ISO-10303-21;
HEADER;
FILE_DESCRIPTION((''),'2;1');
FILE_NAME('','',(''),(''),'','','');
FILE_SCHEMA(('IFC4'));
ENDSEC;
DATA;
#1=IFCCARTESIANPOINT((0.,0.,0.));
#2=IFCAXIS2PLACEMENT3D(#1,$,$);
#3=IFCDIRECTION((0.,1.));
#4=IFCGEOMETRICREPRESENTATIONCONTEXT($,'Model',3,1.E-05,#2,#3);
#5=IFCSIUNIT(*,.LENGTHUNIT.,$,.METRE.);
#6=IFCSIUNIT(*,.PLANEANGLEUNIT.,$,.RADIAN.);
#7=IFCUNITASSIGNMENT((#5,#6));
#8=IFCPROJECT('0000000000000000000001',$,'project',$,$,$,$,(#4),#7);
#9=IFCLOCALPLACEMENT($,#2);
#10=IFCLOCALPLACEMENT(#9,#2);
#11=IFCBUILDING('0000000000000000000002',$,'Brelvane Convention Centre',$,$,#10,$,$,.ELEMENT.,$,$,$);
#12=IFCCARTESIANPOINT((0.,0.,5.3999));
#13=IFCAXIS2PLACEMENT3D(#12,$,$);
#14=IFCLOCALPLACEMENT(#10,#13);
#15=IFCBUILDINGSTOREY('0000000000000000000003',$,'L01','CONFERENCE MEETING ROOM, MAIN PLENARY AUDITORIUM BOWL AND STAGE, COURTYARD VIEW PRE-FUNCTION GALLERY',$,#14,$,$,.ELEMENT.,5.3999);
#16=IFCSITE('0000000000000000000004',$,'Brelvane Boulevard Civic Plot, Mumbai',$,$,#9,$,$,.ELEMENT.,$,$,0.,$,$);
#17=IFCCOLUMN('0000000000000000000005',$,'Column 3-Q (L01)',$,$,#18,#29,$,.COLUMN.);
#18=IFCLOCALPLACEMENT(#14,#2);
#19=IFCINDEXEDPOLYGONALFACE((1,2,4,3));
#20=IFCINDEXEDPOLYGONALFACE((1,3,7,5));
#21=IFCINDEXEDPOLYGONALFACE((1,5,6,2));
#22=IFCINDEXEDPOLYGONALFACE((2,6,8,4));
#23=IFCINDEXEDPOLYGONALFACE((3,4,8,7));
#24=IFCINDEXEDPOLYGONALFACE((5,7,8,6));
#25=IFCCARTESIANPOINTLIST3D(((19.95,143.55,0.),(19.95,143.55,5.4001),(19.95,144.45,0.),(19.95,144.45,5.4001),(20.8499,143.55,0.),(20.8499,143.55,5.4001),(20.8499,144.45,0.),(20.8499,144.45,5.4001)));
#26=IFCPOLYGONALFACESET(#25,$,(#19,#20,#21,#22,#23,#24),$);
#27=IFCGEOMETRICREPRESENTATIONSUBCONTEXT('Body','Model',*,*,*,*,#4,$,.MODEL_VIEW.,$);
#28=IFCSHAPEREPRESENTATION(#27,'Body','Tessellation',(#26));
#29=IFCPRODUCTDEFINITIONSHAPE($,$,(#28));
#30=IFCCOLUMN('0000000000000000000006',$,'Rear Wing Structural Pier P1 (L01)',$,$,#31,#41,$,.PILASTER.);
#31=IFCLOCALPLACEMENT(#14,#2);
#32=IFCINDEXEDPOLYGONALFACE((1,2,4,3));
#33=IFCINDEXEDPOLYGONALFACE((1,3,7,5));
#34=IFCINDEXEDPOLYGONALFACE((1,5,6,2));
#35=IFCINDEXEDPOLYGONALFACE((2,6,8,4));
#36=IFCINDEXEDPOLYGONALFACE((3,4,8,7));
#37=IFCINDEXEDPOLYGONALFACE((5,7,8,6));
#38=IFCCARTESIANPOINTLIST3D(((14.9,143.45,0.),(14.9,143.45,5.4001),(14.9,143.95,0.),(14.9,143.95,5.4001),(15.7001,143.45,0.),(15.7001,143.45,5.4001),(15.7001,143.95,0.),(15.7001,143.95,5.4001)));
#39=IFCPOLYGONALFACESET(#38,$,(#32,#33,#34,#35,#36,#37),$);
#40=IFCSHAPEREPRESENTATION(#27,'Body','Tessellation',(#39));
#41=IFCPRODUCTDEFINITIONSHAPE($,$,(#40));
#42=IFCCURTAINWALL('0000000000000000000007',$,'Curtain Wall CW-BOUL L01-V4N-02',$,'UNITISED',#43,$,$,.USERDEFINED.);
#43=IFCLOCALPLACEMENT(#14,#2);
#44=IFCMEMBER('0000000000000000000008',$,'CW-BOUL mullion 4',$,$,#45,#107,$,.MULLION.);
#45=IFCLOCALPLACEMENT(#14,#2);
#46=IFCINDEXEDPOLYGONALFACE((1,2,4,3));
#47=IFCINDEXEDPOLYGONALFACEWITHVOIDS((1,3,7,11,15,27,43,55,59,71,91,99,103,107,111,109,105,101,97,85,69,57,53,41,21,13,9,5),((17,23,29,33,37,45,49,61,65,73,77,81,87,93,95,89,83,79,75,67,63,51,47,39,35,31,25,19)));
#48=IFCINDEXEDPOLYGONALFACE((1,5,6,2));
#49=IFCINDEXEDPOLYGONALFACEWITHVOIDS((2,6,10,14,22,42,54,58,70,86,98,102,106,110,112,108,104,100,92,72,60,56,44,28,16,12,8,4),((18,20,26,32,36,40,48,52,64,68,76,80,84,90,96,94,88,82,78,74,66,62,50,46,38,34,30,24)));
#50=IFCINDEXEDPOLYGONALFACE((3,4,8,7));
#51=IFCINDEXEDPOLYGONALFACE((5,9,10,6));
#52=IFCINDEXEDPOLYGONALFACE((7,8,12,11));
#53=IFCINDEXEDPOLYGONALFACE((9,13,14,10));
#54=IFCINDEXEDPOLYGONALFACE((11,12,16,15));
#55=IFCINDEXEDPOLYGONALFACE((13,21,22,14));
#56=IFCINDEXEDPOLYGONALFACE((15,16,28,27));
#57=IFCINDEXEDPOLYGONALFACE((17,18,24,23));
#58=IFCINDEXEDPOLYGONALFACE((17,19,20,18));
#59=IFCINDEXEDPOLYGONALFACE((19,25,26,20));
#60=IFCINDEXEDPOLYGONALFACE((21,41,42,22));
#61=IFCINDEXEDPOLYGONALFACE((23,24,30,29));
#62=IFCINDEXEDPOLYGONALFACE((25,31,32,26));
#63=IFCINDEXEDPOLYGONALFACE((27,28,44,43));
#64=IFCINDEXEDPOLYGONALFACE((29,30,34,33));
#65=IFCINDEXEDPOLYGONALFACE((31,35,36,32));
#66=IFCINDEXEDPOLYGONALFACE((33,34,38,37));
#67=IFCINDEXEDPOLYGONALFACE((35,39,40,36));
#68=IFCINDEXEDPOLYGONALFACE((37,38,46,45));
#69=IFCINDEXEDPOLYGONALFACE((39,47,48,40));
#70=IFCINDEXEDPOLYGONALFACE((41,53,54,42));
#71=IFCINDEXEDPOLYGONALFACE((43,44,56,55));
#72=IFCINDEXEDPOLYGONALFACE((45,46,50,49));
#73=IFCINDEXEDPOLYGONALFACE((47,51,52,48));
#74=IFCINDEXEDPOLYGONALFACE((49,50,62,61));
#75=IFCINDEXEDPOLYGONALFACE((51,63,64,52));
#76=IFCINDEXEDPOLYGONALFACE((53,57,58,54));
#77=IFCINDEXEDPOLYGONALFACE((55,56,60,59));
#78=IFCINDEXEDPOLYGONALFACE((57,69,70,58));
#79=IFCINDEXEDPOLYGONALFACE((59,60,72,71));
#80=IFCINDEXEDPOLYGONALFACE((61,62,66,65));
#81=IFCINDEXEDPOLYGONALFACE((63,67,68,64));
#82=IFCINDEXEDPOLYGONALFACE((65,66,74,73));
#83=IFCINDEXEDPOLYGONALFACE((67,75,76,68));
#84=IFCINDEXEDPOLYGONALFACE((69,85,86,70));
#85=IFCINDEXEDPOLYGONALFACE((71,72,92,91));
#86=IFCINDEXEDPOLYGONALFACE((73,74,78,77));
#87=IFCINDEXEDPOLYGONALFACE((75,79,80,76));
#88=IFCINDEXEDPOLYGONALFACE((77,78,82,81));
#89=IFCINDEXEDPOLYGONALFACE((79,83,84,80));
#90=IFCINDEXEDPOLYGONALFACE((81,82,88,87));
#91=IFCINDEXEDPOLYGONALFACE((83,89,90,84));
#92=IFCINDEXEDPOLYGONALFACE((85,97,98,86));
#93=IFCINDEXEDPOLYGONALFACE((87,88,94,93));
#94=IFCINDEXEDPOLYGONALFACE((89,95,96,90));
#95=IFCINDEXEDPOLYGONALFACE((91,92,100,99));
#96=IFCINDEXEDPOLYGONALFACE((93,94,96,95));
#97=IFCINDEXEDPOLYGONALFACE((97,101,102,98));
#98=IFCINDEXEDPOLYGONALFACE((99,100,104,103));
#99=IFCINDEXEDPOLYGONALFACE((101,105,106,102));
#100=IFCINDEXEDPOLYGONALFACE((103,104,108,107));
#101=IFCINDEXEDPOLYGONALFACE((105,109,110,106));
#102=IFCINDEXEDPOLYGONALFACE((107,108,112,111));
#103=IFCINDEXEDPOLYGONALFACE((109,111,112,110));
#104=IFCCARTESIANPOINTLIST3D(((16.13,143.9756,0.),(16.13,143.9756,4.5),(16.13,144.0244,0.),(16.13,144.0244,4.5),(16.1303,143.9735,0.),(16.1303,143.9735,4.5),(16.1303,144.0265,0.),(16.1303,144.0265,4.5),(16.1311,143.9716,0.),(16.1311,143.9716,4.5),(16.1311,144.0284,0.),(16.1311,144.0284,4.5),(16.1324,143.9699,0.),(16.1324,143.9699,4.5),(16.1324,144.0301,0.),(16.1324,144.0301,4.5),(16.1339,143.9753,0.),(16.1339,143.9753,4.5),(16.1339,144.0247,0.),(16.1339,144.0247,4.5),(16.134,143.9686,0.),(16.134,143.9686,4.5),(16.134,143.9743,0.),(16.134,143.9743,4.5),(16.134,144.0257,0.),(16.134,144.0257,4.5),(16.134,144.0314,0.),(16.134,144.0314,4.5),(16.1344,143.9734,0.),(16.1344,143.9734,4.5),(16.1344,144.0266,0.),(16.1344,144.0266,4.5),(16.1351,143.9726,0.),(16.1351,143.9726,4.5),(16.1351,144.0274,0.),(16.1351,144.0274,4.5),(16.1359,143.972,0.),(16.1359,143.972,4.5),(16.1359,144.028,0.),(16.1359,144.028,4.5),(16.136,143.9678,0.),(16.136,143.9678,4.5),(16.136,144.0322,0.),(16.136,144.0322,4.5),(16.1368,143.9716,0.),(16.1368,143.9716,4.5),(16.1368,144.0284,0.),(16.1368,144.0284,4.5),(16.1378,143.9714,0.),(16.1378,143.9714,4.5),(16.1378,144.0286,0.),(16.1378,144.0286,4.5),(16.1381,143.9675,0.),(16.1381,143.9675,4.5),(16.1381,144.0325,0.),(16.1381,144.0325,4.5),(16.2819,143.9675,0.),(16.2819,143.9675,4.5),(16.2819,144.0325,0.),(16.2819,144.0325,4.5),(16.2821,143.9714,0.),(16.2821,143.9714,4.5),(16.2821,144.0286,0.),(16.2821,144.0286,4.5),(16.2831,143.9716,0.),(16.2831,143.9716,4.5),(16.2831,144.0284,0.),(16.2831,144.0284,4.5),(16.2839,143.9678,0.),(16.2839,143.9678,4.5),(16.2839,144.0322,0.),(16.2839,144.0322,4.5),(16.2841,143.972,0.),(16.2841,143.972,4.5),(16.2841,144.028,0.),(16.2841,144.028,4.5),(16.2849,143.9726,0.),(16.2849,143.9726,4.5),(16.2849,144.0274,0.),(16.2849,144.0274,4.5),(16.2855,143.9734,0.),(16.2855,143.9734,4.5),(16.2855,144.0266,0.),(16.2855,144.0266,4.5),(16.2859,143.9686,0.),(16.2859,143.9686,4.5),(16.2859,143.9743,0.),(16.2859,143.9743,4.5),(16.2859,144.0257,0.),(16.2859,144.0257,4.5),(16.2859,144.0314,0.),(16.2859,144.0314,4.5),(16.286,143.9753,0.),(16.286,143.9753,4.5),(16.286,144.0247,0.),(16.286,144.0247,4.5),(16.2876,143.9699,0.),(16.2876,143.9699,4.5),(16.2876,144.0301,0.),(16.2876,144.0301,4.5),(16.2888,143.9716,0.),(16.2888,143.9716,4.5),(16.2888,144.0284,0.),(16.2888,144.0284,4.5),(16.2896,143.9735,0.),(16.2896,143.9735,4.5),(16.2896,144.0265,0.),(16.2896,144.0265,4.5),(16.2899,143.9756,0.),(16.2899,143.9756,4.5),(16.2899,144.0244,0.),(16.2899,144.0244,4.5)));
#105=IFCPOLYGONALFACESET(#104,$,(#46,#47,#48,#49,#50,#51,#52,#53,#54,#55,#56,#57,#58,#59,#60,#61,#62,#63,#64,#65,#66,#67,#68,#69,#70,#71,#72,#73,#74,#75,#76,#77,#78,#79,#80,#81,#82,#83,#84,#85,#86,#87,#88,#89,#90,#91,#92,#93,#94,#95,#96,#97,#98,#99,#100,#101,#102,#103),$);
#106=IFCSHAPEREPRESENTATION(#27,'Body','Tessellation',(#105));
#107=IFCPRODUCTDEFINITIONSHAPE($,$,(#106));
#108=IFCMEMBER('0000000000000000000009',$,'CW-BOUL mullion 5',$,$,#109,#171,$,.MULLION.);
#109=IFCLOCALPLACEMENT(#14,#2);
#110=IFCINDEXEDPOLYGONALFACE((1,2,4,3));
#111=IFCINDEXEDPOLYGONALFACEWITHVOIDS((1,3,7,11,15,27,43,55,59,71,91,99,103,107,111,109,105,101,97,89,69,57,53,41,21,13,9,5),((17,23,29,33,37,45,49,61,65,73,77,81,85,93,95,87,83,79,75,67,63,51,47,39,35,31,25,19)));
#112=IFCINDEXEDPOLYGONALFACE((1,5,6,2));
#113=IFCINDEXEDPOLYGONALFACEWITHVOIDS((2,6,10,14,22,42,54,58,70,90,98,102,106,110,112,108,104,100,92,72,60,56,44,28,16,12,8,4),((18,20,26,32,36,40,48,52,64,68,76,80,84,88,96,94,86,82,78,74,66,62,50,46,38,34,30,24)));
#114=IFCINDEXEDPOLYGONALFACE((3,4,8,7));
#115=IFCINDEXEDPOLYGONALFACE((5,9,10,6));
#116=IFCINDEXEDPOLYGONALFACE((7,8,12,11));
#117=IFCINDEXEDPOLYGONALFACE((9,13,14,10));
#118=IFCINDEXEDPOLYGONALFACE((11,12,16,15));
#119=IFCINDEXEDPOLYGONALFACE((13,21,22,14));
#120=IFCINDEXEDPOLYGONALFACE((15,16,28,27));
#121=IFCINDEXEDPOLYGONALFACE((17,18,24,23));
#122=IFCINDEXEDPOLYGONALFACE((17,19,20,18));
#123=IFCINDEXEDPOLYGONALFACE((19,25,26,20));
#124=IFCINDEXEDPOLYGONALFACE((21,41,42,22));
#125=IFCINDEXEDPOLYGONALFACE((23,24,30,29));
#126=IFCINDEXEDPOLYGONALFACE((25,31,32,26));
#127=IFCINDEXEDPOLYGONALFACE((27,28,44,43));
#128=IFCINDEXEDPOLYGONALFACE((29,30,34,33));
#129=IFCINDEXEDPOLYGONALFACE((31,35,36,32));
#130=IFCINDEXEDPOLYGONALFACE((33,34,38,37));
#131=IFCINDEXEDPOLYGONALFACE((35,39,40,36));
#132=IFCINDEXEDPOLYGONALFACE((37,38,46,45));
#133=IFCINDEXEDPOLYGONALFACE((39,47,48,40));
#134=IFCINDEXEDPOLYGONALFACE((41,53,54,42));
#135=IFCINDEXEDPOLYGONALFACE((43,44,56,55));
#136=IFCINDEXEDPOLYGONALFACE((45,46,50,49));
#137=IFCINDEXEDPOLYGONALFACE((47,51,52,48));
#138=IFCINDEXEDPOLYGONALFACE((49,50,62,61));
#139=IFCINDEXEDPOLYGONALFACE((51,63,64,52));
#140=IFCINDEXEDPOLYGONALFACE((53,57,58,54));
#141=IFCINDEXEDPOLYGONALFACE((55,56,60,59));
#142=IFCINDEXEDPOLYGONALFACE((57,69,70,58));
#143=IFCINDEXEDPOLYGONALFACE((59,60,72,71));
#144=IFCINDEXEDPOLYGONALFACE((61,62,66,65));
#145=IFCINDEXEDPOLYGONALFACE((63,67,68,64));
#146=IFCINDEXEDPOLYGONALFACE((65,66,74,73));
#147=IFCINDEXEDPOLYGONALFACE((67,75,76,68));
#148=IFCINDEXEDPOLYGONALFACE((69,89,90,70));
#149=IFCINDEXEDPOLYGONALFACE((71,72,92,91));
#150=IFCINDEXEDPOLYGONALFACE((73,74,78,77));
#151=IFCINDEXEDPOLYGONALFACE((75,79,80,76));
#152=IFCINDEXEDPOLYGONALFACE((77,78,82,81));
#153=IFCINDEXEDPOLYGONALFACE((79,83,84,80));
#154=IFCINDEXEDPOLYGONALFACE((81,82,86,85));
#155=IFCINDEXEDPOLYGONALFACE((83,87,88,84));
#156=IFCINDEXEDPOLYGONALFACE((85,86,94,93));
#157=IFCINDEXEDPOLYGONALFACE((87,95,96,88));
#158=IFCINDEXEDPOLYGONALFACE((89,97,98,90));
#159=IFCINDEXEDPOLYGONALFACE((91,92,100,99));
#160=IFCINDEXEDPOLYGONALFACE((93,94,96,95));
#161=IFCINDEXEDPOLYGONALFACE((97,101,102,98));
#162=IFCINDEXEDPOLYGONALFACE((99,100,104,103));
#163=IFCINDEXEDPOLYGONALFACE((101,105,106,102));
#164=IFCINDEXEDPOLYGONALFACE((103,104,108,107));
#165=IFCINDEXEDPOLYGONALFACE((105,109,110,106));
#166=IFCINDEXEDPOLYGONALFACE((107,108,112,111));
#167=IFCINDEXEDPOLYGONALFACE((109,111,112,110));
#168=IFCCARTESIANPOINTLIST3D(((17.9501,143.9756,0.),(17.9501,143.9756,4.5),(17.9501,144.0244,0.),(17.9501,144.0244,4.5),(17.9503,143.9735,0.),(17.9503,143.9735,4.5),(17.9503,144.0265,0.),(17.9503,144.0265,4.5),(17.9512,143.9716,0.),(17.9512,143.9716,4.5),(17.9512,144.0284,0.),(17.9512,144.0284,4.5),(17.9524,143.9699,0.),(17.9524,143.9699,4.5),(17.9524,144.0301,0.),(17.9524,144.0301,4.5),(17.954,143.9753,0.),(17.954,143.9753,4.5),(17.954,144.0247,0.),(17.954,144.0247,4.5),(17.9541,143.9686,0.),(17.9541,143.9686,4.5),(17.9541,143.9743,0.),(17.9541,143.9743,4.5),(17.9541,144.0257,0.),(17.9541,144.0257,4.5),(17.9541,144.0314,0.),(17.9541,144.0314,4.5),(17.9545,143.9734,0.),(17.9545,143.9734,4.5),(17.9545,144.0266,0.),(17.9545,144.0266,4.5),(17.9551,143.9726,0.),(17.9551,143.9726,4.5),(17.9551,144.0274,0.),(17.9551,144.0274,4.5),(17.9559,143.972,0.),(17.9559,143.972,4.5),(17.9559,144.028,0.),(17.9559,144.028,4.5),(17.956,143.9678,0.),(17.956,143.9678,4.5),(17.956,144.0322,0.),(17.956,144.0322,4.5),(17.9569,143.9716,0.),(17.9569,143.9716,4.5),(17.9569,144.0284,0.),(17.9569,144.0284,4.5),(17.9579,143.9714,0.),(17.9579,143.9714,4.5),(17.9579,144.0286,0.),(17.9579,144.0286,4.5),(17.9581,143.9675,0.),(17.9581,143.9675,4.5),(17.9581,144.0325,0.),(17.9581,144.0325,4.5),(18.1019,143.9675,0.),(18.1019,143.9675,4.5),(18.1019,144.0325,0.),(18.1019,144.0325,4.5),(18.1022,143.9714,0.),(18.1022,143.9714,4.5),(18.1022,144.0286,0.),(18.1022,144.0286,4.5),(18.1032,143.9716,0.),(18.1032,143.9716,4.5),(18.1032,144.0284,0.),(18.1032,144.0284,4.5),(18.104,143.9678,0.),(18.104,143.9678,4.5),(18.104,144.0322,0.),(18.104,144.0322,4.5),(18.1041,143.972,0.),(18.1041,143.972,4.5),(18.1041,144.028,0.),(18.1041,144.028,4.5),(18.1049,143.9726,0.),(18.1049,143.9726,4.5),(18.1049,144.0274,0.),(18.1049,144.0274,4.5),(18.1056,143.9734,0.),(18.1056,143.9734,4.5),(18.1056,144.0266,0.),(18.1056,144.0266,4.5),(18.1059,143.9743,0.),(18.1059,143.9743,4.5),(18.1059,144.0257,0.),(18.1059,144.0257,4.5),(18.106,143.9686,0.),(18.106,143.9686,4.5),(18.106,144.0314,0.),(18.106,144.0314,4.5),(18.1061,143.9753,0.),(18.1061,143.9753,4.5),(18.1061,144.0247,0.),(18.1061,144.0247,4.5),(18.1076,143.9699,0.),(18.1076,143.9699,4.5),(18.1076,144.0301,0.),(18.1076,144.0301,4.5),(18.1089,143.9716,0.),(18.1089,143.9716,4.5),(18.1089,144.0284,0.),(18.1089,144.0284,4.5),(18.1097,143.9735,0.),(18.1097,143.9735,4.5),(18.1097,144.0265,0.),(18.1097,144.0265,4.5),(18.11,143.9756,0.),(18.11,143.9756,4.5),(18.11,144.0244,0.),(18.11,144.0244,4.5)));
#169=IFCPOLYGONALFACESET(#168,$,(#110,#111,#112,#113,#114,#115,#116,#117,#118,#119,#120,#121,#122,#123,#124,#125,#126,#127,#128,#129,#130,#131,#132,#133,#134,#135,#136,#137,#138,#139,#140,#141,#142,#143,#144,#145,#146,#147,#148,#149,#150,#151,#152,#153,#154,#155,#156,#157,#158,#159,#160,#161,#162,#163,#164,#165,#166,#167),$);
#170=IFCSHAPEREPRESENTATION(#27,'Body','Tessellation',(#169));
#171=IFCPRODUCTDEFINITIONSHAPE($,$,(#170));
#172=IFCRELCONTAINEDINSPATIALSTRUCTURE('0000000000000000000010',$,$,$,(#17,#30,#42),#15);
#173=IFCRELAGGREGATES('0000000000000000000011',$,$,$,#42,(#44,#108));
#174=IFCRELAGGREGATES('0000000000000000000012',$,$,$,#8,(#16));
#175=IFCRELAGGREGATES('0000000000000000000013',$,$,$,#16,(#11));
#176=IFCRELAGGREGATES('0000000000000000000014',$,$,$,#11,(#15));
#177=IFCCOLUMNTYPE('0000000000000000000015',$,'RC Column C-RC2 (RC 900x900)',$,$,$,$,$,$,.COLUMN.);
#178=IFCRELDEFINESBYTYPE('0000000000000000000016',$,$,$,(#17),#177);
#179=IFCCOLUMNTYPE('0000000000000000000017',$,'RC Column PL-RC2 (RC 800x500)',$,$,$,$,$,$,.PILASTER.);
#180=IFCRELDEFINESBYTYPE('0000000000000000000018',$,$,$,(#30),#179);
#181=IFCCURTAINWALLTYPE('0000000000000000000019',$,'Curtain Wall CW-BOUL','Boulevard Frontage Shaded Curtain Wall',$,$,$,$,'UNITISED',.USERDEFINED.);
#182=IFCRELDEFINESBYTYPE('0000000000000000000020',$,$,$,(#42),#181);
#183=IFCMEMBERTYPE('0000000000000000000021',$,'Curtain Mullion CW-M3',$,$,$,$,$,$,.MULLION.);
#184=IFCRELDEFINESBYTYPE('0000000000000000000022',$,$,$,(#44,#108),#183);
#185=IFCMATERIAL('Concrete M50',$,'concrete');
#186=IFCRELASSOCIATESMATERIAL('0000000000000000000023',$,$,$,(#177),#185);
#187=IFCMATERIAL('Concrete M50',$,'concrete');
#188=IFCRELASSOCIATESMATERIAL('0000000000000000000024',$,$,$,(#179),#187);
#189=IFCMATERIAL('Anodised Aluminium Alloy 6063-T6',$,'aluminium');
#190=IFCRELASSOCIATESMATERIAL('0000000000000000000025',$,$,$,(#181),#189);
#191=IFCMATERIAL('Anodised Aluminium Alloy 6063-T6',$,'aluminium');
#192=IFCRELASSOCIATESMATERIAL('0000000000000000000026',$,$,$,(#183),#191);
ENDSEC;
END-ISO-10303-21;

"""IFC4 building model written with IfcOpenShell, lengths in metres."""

from ifc_helpers import new_model, si_unit, direction, frame, origin, origin_2d, place, context, subcontext, project, spatial, rectangle, hollow_rectangle, extrude, material, material_profile, profile_set, type_object, element, aggregate, save


model = new_model("IFC4")

# Units and contexts
model_context = context("Model", 3, precision=1e-05, world=origin(), true_north=direction((0.0, 1.0)))
body_context = subcontext(model_context, "Body", "Model", "MODEL_VIEW")
ifc_project = project(units=[si_unit("LENGTHUNIT", "METRE"), si_unit("PLANEANGLEUNIT", "RADIAN")], contexts=[model_context])

# Site, building, storey
site_placement = place(None, origin())
site = spatial("IfcSite", under=ifc_project, at=site_placement, Name="Brelvane Boulevard Civic Plot, Mumbai", CompositionType="ELEMENT", RefElevation=0.0)
building_placement = place(site_placement, origin())
building = spatial("IfcBuilding", under=site, at=building_placement, Name="Brelvane Convention Centre", CompositionType="ELEMENT")
storey_placement = place(building_placement, frame((0.0, 0.0, 5.3999)))
storey = spatial("IfcBuildingStorey", under=building, at=storey_placement, Name="L01", Description="CONFERENCE MEETING ROOM, MAIN PLENARY AUDITORIUM BOWL AND STAGE, COURTYARD VIEW PRE-FUNCTION GALLERY", CompositionType="ELEMENT", Elevation=5.3999)

# Columns
ifc_material_1 = material(Name="Concrete M50", Category="concrete")
ifc_material_profile_1 = material_profile(ifc_material_1, rectangle(XDim=0.8999, YDim=0.8999, at=origin_2d()), Name="RC 900x900")
ifc_profile_set_1 = profile_set([ifc_material_profile_1], Name="Concrete M50")
column_type_1 = type_object("IfcColumnType", Name="RC Column C-RC2 (RC 900x900)", PredefinedType="COLUMN", material=ifc_profile_set_1)
column_1_placement = place(storey_placement, frame((20.3999, 144.0, 0.0), z_axis=(0.0, 0.0, 1.0), x_axis=(1.0, 0.0, 0.0)))
element("IfcColumn", 1, at=column_1_placement, inside=storey, type_object=column_type_1, Name="Column 3-Q (L01)", PredefinedType="COLUMN", context=body_context, shape_type="SweptSolid", body=[
    extrude(rectangle(XDim=0.8999, YDim=0.8999, at=origin_2d()), origin(), (0.0, 0.0, 1.0), 5.4001),
])
ifc_material_2 = material(Name="Concrete M50", Category="concrete")
ifc_material_profile_2 = material_profile(ifc_material_2, rectangle(XDim=0.8, YDim=0.5, at=origin_2d()), Name="RC 800x500")
ifc_profile_set_2 = profile_set([ifc_material_profile_2], Name="Concrete M50")
column_type_2 = type_object("IfcColumnType", Name="RC Column PL-RC2 (RC 800x500)", PredefinedType="PILASTER", material=ifc_profile_set_2)
column_2_placement = place(storey_placement, frame((15.3, 143.7, 0.0), z_axis=(0.0, 0.0, 1.0), x_axis=(1.0, 0.0, 0.0)))
element("IfcColumn", 2, at=column_2_placement, inside=storey, type_object=column_type_2, Name="Rear Wing Structural Pier P1 (L01)", PredefinedType="PILASTER", context=body_context, shape_type="SweptSolid", body=[
    extrude(rectangle(XDim=0.8, YDim=0.5, at=origin_2d()), origin(), (0.0, 0.0, 1.0), 5.4001),
])

# Curtain wall, members
ifc_material_3 = material(Name="Anodised Aluminium Alloy 6063-T6", Category="aluminium")
curtain_wall_type = type_object("IfcCurtainWallType", Name="Curtain Wall CW-BOUL", Description="Boulevard Frontage Shaded Curtain Wall", ElementType="UNITISED", PredefinedType="USERDEFINED", material=ifc_material_3)
curtain_wall_placement = place(storey_placement, origin())
curtain_wall = element("IfcCurtainWall", 3, at=curtain_wall_placement, inside=storey, type_object=curtain_wall_type, Name="Curtain Wall CW-BOUL L01-V4N-02", ObjectType="UNITISED", PredefinedType="USERDEFINED")
ifc_material_4 = material(Name="Anodised Aluminium Alloy 6063-T6", Category="aluminium")
ifc_material_profile_3 = material_profile(ifc_material_4, hollow_rectangle(XDim=0.0649, YDim=0.1599, WallThickness=0.0039, InnerFilletRadius=0.0039, OuterFilletRadius=0.0081, at=origin_2d()), Name="ALU-M 160x65x4.0")
ifc_profile_set_3 = profile_set([ifc_material_profile_3], Name="Anodised Aluminium Alloy 6063-T6")
member_type_1 = type_object("IfcMemberType", Name="Curtain Mullion CW-M3", PredefinedType="MULLION", material=ifc_profile_set_3)
member_1_placement = place(storey_placement, frame((16.21, 144.0, 0.0), z_axis=(0.0, 0.0, 1.0), x_axis=(0.0, 1.0, 0.0)))
member_1 = element("IfcMember", 4, at=member_1_placement, type_object=member_type_1, Name="CW-BOUL mullion 4", PredefinedType="MULLION", context=body_context, shape_type="SweptSolid", body=[
    extrude(hollow_rectangle(XDim=0.0649, YDim=0.1599, WallThickness=0.0039, InnerFilletRadius=0.0039, OuterFilletRadius=0.0081, at=origin_2d()), origin(), (0.0, 0.0, 1.0), 4.5),
])
member_2_placement = place(storey_placement, frame((18.03, 144.0, 0.0), z_axis=(0.0, 0.0, 1.0), x_axis=(0.0, 1.0, 0.0)))
member_2 = element("IfcMember", 5, at=member_2_placement, type_object=member_type_1, Name="CW-BOUL mullion 5", PredefinedType="MULLION", context=body_context, shape_type="SweptSolid", body=[
    extrude(hollow_rectangle(XDim=0.0649, YDim=0.1599, WallThickness=0.0039, InnerFilletRadius=0.0039, OuterFilletRadius=0.0081, at=origin_2d()), origin(), (0.0, 0.0, 1.0), 4.5),
])

aggregate(curtain_wall, [member_1, member_2])

save(model, "model.ifc")
